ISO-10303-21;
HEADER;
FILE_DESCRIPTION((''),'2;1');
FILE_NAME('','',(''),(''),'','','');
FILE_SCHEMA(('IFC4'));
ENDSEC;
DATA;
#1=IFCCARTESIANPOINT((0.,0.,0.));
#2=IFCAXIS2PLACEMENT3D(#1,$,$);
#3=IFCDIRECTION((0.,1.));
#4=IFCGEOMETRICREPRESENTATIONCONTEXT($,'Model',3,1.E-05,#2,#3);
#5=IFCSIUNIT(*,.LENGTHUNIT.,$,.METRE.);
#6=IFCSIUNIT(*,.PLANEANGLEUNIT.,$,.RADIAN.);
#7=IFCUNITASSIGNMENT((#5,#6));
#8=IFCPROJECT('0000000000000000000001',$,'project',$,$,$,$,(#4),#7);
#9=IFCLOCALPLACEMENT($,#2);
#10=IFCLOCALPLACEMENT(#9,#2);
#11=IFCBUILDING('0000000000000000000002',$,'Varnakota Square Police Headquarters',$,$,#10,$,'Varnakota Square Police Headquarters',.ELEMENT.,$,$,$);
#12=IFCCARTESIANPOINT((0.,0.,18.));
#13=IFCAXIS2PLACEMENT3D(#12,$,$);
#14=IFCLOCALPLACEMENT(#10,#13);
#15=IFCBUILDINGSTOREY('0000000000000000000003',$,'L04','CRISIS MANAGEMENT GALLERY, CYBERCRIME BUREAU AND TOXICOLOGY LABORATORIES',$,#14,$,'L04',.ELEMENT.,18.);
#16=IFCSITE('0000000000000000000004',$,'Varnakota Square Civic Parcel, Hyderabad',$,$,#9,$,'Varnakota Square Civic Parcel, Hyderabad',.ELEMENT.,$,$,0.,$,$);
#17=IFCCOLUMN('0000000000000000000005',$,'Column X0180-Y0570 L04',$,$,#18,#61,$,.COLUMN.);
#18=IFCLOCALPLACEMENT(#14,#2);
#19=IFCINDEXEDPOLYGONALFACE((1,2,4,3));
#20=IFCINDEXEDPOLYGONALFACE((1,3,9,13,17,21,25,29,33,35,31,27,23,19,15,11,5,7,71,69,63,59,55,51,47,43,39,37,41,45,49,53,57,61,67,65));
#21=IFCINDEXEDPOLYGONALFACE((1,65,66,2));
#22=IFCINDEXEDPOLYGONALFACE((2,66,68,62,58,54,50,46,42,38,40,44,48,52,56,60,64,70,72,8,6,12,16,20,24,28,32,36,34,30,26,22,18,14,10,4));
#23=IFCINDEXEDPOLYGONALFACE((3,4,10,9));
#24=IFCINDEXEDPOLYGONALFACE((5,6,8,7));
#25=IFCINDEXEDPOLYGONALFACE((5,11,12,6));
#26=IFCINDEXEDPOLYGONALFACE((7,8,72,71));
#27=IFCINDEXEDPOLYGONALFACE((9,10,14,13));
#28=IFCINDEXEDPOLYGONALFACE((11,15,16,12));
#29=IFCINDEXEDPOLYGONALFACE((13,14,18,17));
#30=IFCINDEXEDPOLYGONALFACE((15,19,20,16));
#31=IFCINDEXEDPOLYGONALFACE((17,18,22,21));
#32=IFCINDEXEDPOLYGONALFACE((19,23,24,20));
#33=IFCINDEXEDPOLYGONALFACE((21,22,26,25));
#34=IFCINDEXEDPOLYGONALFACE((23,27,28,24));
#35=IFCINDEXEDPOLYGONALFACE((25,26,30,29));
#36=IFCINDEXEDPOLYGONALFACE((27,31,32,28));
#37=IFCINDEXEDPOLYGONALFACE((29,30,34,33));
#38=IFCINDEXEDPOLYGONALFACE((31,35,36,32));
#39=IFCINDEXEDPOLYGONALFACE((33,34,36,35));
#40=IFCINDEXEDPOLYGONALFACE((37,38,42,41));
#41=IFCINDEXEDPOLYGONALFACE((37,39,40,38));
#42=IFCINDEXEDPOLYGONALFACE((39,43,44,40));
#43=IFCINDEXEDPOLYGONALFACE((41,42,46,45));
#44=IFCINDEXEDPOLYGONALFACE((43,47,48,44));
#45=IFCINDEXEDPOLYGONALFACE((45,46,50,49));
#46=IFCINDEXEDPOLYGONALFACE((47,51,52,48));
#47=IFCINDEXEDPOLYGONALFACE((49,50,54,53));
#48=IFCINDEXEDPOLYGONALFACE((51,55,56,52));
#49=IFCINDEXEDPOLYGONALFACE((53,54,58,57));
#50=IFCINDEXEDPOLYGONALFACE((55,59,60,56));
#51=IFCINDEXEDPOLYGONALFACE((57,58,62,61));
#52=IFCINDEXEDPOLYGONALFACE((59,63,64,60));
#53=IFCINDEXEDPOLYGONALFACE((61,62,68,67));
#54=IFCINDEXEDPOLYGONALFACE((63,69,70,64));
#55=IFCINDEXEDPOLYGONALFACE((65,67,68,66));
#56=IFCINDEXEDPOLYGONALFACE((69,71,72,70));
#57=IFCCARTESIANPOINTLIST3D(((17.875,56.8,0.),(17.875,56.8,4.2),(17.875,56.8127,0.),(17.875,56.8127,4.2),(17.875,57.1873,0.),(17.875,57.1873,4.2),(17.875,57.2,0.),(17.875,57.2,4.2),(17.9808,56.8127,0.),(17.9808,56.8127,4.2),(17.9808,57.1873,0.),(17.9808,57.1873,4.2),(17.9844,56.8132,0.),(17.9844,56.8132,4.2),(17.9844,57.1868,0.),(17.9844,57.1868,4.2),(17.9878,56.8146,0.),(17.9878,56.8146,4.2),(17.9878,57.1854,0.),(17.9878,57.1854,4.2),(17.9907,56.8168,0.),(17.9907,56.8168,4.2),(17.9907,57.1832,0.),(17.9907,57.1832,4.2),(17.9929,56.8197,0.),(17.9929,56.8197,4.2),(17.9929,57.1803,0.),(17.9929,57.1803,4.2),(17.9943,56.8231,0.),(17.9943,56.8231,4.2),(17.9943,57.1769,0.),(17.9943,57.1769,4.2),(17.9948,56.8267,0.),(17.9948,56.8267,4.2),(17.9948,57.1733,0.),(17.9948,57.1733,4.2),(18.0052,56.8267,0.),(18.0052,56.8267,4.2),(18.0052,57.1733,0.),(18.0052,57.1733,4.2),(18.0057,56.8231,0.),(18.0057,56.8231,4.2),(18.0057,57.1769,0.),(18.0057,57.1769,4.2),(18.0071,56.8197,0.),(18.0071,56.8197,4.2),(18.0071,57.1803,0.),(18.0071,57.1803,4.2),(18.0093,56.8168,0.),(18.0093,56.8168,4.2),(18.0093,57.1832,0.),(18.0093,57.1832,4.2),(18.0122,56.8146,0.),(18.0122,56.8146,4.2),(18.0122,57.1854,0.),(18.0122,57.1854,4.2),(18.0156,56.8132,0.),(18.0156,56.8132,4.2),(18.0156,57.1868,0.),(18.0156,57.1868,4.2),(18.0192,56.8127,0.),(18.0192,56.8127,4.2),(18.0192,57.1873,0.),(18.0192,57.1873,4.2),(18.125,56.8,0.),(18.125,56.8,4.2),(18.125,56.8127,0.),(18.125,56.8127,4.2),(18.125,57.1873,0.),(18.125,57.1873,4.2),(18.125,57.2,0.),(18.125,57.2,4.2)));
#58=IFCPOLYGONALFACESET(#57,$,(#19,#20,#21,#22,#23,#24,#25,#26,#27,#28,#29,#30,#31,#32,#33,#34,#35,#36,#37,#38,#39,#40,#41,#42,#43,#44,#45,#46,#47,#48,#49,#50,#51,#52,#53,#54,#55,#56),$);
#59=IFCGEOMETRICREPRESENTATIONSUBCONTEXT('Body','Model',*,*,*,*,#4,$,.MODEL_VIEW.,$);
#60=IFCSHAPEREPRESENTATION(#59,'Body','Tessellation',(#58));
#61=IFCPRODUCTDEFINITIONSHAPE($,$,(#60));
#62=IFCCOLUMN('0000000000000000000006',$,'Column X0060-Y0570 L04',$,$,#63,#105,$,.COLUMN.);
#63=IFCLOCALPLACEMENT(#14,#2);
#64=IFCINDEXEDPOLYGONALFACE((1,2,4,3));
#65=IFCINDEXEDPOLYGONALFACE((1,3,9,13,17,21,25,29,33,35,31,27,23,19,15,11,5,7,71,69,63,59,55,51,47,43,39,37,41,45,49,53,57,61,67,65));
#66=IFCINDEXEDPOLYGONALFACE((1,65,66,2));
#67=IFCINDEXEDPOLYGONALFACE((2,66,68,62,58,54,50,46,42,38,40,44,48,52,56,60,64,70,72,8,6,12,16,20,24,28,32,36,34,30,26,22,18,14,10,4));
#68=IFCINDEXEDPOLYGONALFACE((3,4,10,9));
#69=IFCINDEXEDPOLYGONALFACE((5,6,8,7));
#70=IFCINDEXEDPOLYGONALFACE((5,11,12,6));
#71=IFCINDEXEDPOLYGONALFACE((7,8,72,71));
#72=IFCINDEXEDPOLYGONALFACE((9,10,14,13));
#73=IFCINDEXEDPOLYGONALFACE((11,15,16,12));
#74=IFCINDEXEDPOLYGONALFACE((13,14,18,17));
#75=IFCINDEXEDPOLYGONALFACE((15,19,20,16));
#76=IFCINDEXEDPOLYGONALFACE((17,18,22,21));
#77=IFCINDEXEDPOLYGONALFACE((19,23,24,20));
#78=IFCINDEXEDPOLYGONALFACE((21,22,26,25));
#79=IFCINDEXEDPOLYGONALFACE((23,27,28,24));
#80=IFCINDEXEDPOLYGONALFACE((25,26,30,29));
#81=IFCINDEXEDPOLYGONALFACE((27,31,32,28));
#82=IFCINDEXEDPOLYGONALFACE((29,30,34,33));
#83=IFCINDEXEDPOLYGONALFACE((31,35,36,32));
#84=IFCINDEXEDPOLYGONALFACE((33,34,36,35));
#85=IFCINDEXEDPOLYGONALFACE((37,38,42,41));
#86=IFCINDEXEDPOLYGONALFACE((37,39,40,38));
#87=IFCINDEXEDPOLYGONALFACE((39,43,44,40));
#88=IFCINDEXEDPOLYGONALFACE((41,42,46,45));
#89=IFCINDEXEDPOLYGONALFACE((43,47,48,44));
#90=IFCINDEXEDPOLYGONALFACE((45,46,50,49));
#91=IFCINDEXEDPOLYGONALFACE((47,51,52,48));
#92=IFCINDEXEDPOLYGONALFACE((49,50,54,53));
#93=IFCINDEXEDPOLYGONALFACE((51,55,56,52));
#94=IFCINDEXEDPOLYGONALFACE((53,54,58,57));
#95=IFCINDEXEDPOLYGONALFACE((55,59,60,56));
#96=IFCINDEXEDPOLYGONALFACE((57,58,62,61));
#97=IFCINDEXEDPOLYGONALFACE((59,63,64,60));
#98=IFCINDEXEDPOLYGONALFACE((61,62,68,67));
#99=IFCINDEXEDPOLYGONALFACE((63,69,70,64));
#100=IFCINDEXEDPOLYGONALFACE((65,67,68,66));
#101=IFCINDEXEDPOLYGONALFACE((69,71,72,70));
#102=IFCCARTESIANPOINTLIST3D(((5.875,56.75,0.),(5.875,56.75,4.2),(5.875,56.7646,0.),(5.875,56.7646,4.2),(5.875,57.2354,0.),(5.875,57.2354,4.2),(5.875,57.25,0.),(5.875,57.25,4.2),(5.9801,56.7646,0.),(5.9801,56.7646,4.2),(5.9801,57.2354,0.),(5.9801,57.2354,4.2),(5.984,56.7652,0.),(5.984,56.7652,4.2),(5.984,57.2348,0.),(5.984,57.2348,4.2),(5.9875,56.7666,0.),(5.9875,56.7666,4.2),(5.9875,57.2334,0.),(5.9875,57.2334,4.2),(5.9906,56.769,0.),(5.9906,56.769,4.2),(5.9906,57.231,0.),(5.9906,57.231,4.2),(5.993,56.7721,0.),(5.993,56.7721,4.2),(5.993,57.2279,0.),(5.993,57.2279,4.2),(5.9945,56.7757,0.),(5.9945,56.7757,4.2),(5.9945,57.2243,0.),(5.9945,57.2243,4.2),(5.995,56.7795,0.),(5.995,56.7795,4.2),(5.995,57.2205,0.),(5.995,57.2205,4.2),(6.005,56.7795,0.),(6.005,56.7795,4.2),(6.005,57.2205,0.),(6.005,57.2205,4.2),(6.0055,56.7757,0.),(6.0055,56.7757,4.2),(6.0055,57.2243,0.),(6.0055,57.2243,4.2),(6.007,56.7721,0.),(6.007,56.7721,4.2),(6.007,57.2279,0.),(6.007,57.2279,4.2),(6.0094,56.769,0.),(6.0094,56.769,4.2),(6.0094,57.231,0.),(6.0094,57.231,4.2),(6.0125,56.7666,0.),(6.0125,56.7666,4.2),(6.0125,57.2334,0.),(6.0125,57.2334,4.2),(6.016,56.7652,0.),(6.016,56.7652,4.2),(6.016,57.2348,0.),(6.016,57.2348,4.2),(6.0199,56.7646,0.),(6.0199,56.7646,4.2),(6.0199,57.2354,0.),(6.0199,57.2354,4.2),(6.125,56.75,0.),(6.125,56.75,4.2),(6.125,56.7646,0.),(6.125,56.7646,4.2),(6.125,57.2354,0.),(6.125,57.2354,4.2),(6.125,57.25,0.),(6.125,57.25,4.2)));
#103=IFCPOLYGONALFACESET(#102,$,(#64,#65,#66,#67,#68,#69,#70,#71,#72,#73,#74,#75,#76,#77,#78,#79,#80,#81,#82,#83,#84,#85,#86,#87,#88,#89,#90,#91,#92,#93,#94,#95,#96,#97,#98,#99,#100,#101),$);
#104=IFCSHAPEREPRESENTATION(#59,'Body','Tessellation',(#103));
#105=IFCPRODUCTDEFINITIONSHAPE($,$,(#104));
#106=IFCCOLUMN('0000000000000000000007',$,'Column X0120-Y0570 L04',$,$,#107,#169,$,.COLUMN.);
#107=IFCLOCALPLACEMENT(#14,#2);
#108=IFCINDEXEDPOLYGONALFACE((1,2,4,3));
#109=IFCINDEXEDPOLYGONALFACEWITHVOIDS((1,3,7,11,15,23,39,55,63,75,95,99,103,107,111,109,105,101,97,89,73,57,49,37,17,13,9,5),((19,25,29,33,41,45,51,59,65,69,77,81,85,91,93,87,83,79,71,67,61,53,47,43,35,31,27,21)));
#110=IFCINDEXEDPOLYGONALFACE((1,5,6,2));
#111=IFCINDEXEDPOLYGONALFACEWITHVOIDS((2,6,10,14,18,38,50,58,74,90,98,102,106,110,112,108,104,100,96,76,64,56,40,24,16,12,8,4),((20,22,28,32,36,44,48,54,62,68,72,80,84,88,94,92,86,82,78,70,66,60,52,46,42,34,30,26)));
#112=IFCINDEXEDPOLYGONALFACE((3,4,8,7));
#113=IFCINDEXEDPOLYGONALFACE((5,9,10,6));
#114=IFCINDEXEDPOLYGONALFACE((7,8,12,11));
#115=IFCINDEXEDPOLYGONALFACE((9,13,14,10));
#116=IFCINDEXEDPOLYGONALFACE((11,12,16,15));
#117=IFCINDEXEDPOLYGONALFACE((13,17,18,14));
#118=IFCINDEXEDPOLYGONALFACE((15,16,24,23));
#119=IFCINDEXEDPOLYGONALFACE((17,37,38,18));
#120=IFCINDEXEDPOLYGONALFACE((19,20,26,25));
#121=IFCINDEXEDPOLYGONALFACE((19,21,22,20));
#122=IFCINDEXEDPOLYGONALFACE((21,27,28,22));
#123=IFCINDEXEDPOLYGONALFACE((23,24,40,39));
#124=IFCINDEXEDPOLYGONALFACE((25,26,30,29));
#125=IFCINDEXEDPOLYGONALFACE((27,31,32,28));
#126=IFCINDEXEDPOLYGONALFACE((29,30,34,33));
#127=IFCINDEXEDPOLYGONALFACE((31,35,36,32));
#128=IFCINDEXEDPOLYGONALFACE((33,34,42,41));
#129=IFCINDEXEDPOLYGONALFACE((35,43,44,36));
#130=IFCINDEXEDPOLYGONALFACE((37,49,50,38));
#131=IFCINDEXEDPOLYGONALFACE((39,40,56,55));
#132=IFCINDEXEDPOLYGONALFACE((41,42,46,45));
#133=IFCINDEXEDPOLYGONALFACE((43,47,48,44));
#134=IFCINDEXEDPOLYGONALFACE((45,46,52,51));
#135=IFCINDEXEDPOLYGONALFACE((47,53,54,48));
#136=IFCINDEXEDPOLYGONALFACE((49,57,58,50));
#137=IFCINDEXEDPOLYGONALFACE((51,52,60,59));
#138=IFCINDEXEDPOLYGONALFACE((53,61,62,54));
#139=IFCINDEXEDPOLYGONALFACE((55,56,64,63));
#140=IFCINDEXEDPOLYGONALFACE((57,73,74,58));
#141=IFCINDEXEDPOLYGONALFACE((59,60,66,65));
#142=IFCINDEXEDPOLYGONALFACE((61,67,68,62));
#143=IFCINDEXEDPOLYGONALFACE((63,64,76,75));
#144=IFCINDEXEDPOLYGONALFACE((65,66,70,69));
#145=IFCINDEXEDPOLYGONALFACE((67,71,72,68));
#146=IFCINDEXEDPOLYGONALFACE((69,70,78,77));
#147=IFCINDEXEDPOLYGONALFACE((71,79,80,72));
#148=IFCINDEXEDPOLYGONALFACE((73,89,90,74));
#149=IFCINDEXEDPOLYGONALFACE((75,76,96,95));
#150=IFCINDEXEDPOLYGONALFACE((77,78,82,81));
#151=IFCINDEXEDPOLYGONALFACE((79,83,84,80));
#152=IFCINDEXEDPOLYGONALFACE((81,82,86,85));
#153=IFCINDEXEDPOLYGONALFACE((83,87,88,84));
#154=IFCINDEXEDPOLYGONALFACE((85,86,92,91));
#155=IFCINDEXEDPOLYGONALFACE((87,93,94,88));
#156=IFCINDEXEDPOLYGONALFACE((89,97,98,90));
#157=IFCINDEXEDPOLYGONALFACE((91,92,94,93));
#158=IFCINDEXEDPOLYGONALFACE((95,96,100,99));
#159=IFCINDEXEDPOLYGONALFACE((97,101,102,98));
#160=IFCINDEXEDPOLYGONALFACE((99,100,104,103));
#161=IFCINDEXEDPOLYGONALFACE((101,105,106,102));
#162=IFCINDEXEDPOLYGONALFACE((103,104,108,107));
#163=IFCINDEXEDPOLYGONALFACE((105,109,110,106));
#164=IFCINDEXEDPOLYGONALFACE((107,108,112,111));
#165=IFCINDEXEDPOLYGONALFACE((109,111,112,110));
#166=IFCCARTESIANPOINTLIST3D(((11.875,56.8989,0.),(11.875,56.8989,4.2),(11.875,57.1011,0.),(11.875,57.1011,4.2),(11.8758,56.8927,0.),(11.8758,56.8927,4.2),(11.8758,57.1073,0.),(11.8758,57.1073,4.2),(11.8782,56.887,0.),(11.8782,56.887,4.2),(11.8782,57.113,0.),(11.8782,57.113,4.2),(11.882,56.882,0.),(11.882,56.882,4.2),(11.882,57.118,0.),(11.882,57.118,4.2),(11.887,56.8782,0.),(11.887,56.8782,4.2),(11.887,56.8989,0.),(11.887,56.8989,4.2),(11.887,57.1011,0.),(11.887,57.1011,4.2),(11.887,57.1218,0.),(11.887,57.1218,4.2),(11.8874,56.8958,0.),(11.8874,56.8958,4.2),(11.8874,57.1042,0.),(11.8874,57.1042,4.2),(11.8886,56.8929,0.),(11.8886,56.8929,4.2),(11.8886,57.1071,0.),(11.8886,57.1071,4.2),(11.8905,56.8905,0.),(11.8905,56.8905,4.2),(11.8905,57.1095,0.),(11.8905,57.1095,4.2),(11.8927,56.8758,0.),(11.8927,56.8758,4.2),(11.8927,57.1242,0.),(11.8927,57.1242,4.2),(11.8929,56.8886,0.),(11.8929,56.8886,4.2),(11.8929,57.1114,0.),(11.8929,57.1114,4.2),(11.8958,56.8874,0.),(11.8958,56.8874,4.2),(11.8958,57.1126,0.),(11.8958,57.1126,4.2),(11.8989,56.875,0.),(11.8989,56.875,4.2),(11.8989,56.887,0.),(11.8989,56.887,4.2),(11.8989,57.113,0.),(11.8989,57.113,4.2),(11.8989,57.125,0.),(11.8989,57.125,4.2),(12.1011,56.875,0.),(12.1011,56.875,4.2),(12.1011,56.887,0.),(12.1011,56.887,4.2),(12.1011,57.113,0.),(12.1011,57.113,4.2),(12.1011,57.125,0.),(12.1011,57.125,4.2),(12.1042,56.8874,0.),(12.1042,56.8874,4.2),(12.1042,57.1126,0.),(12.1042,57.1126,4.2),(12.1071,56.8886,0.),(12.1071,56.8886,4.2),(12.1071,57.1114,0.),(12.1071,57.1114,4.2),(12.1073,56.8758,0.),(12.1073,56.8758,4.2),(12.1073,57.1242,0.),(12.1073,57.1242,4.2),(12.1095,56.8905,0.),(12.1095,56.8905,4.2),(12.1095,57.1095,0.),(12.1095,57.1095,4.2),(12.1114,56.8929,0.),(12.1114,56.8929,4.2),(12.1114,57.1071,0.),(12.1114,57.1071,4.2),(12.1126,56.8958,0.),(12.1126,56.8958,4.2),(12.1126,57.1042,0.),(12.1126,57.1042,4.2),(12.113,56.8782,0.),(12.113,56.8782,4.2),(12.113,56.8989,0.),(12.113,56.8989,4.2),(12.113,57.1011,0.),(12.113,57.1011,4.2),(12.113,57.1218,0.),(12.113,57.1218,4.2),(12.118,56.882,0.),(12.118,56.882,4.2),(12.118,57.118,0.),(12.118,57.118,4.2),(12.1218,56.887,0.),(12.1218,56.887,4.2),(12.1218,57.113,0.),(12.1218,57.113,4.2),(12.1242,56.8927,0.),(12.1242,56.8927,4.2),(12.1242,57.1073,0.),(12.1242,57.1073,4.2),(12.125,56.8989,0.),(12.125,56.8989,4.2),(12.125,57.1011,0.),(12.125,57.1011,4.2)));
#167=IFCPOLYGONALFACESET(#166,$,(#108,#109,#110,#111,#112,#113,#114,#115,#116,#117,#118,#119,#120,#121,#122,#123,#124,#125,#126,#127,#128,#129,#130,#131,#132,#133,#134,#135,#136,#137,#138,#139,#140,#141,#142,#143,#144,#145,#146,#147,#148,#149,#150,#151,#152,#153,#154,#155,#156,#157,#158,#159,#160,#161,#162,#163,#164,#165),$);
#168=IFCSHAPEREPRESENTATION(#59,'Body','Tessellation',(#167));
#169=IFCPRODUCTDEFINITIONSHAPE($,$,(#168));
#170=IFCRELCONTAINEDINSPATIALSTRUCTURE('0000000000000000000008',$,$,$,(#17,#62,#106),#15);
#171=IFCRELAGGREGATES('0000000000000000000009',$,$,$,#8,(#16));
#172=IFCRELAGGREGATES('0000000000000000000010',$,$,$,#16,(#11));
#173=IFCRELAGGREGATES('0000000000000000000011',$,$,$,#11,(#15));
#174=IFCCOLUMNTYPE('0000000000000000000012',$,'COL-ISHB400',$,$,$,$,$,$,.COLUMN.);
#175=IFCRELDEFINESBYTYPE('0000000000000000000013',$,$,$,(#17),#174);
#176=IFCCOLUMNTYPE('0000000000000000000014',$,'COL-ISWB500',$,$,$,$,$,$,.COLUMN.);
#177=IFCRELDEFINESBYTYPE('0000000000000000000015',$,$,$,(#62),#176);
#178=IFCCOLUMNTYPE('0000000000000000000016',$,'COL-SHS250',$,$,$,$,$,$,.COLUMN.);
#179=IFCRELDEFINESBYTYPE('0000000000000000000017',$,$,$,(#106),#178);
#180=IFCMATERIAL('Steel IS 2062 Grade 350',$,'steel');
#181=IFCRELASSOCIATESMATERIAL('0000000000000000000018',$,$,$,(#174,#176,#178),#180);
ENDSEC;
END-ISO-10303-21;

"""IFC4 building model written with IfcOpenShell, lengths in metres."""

from ifc_helpers import new_model, si_unit, direction, frame, origin, origin_2d, place, context, subcontext, project, spatial, hollow_rectangle, i_section, extrude, material, material_profile, profile_set, type_object, element, save


model = new_model("IFC4")

# Units and contexts
model_context = context("Model", 3, precision=1e-05, world=origin(), true_north=direction((0.0, 1.0)))
body_context = subcontext(model_context, "Body", "Model", "MODEL_VIEW")
ifc_project = project(units=[si_unit("LENGTHUNIT", "METRE"), si_unit("PLANEANGLEUNIT", "RADIAN")], contexts=[model_context])

# Site, building, storey
site_placement = place(None, origin())
site = spatial("IfcSite", under=ifc_project, at=site_placement, Name="Varnakota Square Civic Parcel, Hyderabad", LongName="Varnakota Square Civic Parcel, Hyderabad", CompositionType="ELEMENT", RefElevation=0.0)
building_placement = place(site_placement, origin())
building = spatial("IfcBuilding", under=site, at=building_placement, Name="Varnakota Square Police Headquarters", LongName="Varnakota Square Police Headquarters", CompositionType="ELEMENT")
storey_placement = place(building_placement, frame((0.0, 0.0, 18.0)))
storey = spatial("IfcBuildingStorey", under=building, at=storey_placement, Name="L04", Description="CRISIS MANAGEMENT GALLERY, CYBERCRIME BUREAU AND TOXICOLOGY LABORATORIES", LongName="L04", CompositionType="ELEMENT", Elevation=18.0)

# Columns
ifc_material_1 = material(Name="Steel IS 2062 Grade 350", Category="steel")
ifc_material_profile_1 = material_profile(ifc_material_1, i_section(OverallWidth=0.25, OverallDepth=0.3999, WebThickness=0.0105, FlangeThickness=0.0127, FilletRadius=0.0139, at=origin_2d()), Name="ISHB 400")
ifc_profile_set_1 = profile_set([ifc_material_profile_1], Name="Steel IS 2062 Grade 350")
column_type_1 = type_object("IfcColumnType", Name="COL-ISHB400", PredefinedType="COLUMN", material=ifc_profile_set_1)
column_1_placement = place(storey_placement, frame((18.0, 57.0, 0.0), z_axis=(0.0, 0.0, 1.0), x_axis=(1.0, 0.0, 0.0)))
element("IfcColumn", 1, at=column_1_placement, inside=storey, type_object=column_type_1, Name="Column X0180-Y0570 L04", PredefinedType="COLUMN", context=body_context, shape_type="SweptSolid", body=[
    extrude(i_section(OverallWidth=0.25, OverallDepth=0.3999, WebThickness=0.0105, FlangeThickness=0.0127, FilletRadius=0.0139, at=origin_2d()), origin(), (0.0, 0.0, 1.0), 4.2),
])
ifc_material_profile_2 = material_profile(ifc_material_1, i_section(OverallWidth=0.25, OverallDepth=0.5, WebThickness=0.01, FlangeThickness=0.0146, FilletRadius=0.0149, at=origin_2d()), Name="ISWB 500")
ifc_profile_set_2 = profile_set([ifc_material_profile_2], Name="Steel IS 2062 Grade 350")
column_type_2 = type_object("IfcColumnType", Name="COL-ISWB500", PredefinedType="COLUMN", material=ifc_profile_set_2)
column_2_placement = place(storey_placement, frame((6.0, 57.0, 0.0), z_axis=(0.0, 0.0, 1.0), x_axis=(1.0, 0.0, 0.0)))
element("IfcColumn", 2, at=column_2_placement, inside=storey, type_object=column_type_2, Name="Column X0060-Y0570 L04", PredefinedType="COLUMN", context=body_context, shape_type="SweptSolid", body=[
    extrude(i_section(OverallWidth=0.25, OverallDepth=0.5, WebThickness=0.01, FlangeThickness=0.0146, FilletRadius=0.0149, at=origin_2d()), origin(), (0.0, 0.0, 1.0), 4.2),
])
ifc_material_profile_3 = material_profile(ifc_material_1, hollow_rectangle(XDim=0.25, YDim=0.25, WallThickness=0.012, InnerFilletRadius=0.012, OuterFilletRadius=0.0239, at=origin_2d()), Name="SHS 250x250x12")
ifc_profile_set_3 = profile_set([ifc_material_profile_3], Name="Steel IS 2062 Grade 350")
column_type_3 = type_object("IfcColumnType", Name="COL-SHS250", PredefinedType="COLUMN", material=ifc_profile_set_3)
column_3_placement = place(storey_placement, frame((12.0, 57.0, 0.0), z_axis=(0.0, 0.0, 1.0), x_axis=(1.0, 0.0, 0.0)))
element("IfcColumn", 3, at=column_3_placement, inside=storey, type_object=column_type_3, Name="Column X0120-Y0570 L04", PredefinedType="COLUMN", context=body_context, shape_type="SweptSolid", body=[
    extrude(hollow_rectangle(XDim=0.25, YDim=0.25, WallThickness=0.012, InnerFilletRadius=0.012, OuterFilletRadius=0.0239, at=origin_2d()), origin(), (0.0, 0.0, 1.0), 4.2),
])

save(model, "model.ifc")
